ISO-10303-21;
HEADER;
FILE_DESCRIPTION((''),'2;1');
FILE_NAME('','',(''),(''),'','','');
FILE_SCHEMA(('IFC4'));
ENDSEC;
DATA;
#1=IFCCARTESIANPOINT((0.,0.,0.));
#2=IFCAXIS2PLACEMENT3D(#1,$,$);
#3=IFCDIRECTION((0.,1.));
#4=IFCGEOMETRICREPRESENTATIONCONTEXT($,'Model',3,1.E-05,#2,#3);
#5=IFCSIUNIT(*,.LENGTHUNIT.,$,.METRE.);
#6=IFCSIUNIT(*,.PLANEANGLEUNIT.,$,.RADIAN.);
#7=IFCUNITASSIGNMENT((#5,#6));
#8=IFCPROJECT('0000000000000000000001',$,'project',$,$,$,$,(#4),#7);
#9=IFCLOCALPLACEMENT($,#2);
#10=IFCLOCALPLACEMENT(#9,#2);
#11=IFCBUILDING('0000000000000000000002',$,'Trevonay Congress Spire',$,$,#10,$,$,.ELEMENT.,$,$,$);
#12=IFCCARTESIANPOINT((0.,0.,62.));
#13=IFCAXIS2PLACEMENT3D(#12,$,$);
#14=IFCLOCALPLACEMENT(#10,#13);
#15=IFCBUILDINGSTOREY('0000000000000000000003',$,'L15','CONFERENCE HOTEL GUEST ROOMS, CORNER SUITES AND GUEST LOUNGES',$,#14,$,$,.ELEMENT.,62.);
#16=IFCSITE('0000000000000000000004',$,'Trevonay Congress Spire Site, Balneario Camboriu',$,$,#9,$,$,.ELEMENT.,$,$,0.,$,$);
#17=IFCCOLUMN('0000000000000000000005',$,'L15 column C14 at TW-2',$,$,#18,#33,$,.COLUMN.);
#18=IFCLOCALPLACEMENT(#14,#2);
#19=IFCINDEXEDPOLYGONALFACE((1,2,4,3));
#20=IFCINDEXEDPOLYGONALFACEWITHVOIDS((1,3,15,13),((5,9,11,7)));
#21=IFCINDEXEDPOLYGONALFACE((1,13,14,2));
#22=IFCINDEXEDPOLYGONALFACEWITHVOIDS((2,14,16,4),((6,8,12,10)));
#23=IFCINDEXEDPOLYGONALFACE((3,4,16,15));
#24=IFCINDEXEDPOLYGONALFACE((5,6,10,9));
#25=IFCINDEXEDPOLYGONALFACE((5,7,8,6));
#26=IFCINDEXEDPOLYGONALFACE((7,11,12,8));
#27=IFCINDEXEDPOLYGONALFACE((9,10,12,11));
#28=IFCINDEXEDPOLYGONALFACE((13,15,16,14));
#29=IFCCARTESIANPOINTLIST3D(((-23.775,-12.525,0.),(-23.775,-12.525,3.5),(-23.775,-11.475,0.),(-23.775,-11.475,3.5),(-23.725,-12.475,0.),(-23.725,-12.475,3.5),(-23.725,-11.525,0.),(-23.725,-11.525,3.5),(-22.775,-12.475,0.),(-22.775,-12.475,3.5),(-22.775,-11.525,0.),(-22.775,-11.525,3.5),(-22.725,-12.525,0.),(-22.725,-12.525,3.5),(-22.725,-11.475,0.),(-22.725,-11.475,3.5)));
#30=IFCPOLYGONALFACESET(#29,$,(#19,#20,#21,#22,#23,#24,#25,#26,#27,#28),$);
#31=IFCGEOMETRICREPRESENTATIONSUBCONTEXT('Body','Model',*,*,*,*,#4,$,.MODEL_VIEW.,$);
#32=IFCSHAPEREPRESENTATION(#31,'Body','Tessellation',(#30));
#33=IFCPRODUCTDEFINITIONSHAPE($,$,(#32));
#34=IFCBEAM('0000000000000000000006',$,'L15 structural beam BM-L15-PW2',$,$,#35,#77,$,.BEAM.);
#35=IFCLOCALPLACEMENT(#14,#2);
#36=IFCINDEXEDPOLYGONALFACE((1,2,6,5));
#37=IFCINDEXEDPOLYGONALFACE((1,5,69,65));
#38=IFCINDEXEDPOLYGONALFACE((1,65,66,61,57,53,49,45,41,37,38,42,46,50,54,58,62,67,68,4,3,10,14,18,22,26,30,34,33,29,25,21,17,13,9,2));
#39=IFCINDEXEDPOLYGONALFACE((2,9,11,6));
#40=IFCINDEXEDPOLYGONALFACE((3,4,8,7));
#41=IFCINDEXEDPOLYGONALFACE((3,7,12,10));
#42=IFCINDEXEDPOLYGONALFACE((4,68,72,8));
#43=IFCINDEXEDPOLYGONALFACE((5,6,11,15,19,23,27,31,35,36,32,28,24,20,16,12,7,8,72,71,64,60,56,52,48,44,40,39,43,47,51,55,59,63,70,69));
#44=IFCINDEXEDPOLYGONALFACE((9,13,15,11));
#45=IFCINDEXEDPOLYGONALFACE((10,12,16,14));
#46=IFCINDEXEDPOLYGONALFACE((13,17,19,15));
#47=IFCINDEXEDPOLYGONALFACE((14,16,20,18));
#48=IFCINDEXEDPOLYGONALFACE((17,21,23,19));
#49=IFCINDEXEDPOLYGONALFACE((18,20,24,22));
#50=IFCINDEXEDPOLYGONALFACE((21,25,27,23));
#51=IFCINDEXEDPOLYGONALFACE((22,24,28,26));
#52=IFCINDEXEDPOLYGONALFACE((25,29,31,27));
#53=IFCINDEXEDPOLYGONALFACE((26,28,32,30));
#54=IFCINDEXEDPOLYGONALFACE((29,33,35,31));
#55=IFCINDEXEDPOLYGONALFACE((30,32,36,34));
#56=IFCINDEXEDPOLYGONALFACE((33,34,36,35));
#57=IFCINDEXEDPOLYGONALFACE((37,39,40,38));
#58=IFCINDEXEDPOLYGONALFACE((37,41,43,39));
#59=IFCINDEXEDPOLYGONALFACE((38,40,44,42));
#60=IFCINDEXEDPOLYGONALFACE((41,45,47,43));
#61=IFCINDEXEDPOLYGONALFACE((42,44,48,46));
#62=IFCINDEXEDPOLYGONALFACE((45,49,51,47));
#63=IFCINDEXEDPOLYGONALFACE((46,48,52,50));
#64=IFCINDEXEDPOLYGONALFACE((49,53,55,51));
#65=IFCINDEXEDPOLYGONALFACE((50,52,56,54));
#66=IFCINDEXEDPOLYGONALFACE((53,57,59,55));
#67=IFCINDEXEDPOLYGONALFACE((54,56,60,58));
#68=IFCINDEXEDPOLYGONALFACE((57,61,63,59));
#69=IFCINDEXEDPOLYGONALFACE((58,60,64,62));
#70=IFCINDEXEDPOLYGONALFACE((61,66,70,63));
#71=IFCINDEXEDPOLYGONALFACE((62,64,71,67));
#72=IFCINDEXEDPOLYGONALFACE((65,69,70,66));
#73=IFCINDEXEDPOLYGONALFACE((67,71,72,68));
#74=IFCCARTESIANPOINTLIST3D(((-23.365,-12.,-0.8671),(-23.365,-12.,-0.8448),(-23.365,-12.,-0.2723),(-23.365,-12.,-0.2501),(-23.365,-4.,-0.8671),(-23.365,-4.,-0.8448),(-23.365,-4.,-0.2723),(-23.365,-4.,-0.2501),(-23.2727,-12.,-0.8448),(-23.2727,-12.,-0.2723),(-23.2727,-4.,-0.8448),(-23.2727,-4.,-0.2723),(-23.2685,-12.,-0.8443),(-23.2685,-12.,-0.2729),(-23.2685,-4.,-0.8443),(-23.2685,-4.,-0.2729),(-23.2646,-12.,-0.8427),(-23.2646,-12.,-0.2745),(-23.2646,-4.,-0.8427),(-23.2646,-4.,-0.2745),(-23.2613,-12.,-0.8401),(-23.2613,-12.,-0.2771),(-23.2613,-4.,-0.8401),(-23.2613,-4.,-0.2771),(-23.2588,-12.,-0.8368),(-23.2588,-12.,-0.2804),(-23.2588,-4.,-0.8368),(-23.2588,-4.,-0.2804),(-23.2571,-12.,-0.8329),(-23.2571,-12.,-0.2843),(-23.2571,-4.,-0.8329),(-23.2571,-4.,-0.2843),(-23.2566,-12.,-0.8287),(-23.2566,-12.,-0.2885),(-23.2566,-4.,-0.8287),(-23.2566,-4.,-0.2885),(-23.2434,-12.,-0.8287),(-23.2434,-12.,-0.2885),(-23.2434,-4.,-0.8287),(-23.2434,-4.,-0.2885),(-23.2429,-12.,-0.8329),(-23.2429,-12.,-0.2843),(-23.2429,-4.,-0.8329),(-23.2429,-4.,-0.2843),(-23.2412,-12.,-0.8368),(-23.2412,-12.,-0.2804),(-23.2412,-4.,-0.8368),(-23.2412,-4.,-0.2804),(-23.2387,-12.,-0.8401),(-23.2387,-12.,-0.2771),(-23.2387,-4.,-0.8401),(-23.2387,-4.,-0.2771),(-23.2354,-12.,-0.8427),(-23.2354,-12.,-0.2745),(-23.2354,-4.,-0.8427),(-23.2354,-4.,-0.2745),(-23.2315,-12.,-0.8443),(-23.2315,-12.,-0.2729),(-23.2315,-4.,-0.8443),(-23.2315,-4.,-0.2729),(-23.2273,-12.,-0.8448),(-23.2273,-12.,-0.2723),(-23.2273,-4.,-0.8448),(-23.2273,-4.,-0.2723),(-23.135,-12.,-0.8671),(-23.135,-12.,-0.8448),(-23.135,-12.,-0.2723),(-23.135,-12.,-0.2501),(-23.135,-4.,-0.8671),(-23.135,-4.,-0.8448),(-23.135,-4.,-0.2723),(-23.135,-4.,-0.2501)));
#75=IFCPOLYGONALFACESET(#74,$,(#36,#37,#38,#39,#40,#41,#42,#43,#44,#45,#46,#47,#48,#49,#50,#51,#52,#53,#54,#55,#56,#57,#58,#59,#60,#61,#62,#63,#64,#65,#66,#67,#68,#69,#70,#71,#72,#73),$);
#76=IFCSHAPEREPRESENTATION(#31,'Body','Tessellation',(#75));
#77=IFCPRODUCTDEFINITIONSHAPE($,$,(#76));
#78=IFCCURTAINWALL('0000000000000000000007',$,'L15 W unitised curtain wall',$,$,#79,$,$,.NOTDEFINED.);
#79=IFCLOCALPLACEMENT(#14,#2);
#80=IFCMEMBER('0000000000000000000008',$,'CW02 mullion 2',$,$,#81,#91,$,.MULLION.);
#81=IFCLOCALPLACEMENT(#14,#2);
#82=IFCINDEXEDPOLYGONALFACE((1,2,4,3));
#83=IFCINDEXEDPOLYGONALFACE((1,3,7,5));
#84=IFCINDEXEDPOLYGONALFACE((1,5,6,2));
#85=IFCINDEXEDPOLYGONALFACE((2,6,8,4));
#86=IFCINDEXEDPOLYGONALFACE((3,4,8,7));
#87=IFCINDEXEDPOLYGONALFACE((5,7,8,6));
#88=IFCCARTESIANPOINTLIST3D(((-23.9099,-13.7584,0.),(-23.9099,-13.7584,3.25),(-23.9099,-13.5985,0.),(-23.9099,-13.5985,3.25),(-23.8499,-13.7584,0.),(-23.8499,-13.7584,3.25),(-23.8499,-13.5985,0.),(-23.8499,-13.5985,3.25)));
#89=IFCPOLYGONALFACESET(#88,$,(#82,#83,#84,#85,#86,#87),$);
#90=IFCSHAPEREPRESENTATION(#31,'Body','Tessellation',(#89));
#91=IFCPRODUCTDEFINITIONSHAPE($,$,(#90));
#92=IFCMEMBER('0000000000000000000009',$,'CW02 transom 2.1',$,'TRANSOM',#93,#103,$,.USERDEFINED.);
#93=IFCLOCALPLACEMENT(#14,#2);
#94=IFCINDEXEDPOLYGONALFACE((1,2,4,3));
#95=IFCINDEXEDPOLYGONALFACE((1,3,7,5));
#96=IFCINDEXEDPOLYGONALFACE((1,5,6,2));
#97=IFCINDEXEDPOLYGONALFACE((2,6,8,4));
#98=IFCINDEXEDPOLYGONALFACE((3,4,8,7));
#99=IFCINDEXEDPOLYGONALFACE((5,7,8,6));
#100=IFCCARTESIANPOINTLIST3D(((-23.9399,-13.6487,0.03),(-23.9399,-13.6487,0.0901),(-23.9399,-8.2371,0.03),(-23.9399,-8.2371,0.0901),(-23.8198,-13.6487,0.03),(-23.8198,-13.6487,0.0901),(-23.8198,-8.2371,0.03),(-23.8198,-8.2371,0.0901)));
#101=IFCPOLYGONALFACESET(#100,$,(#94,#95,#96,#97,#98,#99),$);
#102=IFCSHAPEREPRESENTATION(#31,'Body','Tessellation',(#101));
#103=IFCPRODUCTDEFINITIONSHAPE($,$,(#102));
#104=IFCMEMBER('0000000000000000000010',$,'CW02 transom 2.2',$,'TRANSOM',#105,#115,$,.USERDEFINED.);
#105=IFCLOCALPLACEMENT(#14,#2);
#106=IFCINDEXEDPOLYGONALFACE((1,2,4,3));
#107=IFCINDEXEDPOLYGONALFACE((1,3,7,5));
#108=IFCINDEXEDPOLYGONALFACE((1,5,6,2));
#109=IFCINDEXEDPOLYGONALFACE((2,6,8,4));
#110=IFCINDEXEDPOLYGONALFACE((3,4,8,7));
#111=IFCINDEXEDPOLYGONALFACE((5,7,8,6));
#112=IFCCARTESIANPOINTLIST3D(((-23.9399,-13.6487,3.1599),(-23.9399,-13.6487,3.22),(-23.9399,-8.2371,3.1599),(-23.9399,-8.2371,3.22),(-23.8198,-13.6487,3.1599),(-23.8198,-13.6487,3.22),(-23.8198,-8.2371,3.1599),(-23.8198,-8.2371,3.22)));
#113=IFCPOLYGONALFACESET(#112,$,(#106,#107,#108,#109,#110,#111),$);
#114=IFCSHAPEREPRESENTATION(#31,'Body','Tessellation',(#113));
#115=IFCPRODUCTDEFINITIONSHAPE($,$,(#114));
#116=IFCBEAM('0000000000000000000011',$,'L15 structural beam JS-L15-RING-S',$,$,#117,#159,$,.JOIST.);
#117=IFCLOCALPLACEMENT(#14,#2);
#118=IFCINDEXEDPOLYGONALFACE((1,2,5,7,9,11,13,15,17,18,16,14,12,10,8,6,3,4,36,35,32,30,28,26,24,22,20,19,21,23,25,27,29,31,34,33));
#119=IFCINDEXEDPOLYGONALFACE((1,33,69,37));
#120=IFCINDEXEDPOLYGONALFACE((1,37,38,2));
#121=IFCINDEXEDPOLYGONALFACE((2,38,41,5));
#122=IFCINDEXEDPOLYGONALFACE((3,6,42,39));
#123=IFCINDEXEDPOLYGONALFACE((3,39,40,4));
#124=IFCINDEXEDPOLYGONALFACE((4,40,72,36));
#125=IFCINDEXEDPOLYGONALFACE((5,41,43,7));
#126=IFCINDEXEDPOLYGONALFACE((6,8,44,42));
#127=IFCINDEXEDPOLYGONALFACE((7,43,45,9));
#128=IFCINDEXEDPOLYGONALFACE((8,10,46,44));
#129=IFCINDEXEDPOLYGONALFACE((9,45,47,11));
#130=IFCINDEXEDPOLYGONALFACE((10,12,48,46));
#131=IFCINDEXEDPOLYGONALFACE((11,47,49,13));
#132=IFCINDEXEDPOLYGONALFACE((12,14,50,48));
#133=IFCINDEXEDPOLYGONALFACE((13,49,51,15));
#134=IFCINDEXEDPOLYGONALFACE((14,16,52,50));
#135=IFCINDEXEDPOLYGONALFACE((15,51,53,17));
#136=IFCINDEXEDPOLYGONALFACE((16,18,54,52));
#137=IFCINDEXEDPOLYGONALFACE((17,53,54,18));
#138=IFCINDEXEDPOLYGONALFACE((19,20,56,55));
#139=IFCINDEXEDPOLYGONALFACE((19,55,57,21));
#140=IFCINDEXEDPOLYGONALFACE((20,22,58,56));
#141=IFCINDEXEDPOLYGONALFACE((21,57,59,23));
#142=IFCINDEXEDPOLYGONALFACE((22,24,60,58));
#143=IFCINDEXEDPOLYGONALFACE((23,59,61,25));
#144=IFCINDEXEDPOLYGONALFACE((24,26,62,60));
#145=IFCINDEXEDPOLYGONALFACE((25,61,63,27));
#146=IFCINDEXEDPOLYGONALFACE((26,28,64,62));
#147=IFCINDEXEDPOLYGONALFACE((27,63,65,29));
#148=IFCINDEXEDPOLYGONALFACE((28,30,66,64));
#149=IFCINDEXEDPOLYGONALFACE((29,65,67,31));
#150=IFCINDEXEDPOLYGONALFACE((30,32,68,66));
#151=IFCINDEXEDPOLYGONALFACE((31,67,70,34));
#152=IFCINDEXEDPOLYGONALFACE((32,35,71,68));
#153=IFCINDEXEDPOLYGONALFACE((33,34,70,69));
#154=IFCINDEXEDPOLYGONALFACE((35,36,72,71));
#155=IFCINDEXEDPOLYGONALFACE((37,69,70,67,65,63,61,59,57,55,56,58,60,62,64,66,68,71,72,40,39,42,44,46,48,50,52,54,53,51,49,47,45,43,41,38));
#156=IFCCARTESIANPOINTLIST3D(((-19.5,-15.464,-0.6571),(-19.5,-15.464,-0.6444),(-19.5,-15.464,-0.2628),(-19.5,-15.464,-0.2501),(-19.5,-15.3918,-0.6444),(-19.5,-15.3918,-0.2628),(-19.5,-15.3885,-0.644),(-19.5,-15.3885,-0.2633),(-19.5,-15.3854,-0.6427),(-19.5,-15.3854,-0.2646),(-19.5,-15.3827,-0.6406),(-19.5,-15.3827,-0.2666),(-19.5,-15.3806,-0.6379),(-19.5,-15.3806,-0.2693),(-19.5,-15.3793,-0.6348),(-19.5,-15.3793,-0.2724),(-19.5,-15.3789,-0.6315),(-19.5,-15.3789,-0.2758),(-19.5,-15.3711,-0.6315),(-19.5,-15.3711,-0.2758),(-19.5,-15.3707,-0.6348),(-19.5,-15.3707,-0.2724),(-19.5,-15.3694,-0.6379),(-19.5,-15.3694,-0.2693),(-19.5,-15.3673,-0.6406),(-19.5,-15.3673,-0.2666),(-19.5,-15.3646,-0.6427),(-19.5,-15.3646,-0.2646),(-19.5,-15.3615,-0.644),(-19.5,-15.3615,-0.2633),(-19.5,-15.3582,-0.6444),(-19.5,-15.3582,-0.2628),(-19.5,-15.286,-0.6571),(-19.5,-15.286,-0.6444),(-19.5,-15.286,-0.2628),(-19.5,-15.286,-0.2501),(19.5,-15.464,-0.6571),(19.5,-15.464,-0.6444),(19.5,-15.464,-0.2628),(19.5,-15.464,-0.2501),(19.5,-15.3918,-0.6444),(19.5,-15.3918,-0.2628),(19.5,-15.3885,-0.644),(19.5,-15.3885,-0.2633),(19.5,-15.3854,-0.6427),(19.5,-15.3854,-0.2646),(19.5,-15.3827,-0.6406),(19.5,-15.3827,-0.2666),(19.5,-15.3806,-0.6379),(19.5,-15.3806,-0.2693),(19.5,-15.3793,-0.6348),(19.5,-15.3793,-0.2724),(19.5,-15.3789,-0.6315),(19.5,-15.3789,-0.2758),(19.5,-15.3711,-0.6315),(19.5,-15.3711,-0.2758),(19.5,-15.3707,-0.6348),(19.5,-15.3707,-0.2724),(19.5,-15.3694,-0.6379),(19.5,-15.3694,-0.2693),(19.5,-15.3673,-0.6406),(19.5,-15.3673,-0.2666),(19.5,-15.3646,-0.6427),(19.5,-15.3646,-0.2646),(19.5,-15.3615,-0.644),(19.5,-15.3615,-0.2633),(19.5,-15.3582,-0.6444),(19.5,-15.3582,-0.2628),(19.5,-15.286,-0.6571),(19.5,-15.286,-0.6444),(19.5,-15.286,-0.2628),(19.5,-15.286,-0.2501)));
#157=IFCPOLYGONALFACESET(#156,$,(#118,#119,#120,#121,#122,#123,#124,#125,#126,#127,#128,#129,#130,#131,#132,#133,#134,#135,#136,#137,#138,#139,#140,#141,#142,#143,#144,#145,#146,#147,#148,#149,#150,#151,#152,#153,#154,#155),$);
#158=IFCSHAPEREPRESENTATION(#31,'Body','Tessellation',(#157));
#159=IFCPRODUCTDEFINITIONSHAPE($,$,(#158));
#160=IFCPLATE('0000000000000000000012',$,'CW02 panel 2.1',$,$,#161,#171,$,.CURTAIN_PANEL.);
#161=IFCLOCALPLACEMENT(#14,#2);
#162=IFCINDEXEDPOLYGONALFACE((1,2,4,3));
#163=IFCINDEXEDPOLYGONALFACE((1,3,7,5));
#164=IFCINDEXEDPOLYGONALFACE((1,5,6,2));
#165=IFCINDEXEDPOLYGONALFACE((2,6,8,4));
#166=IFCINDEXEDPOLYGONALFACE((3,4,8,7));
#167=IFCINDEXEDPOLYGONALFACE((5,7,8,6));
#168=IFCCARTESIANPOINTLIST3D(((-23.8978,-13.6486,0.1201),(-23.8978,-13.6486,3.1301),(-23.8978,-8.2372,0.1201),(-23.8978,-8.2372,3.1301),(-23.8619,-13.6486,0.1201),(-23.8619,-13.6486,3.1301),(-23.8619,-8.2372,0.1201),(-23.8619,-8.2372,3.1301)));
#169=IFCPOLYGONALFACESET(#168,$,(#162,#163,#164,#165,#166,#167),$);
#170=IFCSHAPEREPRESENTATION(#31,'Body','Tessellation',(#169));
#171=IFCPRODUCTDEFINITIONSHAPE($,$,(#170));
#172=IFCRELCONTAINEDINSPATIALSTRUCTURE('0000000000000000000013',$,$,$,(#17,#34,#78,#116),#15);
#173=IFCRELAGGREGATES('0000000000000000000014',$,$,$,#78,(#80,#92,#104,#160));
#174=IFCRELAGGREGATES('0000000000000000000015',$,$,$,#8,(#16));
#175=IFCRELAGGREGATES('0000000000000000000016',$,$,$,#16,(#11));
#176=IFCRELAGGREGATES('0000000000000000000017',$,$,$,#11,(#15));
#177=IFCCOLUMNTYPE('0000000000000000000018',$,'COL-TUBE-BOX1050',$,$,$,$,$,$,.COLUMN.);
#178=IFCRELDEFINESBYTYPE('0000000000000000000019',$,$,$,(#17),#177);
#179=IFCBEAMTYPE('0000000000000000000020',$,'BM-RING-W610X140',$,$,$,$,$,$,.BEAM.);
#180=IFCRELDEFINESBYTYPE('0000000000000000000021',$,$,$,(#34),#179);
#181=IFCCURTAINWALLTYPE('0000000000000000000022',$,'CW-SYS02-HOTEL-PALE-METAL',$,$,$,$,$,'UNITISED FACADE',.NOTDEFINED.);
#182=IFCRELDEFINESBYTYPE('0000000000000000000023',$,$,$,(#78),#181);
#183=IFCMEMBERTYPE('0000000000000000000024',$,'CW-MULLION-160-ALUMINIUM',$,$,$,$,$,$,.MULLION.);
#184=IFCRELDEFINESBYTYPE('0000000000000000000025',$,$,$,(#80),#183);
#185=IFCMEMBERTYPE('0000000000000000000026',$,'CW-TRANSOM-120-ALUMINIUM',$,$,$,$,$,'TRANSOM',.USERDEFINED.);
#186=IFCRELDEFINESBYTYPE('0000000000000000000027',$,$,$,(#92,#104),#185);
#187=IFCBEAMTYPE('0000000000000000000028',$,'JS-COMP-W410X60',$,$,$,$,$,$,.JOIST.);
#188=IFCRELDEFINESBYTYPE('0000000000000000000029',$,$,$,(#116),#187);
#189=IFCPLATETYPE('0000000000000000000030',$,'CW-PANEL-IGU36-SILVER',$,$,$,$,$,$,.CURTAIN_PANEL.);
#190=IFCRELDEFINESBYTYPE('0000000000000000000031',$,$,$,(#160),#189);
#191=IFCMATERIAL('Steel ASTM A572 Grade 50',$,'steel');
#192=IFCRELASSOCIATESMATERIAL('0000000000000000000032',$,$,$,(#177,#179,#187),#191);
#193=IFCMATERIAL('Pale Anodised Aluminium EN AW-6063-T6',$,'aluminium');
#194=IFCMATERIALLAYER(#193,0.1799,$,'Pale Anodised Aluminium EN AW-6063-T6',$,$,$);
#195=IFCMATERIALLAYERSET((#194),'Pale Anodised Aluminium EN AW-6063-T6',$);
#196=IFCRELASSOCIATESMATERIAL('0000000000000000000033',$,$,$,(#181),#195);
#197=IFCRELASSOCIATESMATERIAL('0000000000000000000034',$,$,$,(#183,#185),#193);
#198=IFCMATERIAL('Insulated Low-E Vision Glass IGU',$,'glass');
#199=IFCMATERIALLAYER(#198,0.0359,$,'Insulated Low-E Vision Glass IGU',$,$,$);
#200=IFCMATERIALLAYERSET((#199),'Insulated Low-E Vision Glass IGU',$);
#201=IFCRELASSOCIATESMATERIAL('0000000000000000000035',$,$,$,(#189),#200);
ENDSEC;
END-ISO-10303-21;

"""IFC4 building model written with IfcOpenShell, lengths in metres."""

from ifc_helpers import new_model, si_unit, direction, frame, origin, origin_2d, place, context, subcontext, project, spatial, rectangle, hollow_rectangle, i_section, extrude, material, layer, layer_set, material_profile, profile_set, type_object, element, aggregate, save


model = new_model("IFC4")

# Units and contexts
model_context = context("Model", 3, precision=1e-05, world=origin(), true_north=direction((0.0, 1.0)))
body_context = subcontext(model_context, "Body", "Model", "MODEL_VIEW")
ifc_project = project(units=[si_unit("LENGTHUNIT", "METRE"), si_unit("PLANEANGLEUNIT", "RADIAN")], contexts=[model_context])

# Site, building, storey
site_placement = place(None, origin())
site = spatial("IfcSite", under=ifc_project, at=site_placement, Name="Trevonay Congress Spire Site, Balneario Camboriu", CompositionType="ELEMENT", RefElevation=0.0)
building_placement = place(site_placement, origin())
building = spatial("IfcBuilding", under=site, at=building_placement, Name="Trevonay Congress Spire", CompositionType="ELEMENT")
storey_placement = place(building_placement, frame((0.0, 0.0, 62.0)))
storey = spatial("IfcBuildingStorey", under=building, at=storey_placement, Name="L15", Description="CONFERENCE HOTEL GUEST ROOMS, CORNER SUITES AND GUEST LOUNGES", CompositionType="ELEMENT", Elevation=62.0)

# Column
ifc_material_1 = material(Name="Steel ASTM A572 Grade 50", Category="steel")
ifc_material_profile_1 = material_profile(ifc_material_1, hollow_rectangle(XDim=1.05, YDim=1.05, WallThickness=0.05, at=origin_2d()), Name="BOX 1050x1050x50")
ifc_profile_set_1 = profile_set([ifc_material_profile_1], Name="Steel ASTM A572 Grade 50")
column_type = type_object("IfcColumnType", Name="COL-TUBE-BOX1050", PredefinedType="COLUMN", material=ifc_profile_set_1)
column_placement = place(storey_placement, frame((-23.25, -12.0, 0.0), z_axis=(0.0, 0.0, 1.0), x_axis=(1.0, 0.0, 0.0)))
element("IfcColumn", 1, at=column_placement, inside=storey, type_object=column_type, Name="L15 column C14 at TW-2", PredefinedType="COLUMN", context=body_context, shape_type="SweptSolid", body=[
    extrude(hollow_rectangle(XDim=1.05, YDim=1.05, WallThickness=0.05, at=origin_2d()), origin(), (0.0, 0.0, 1.0), 3.5),
])

# Beam
ifc_material_profile_2 = material_profile(ifc_material_1, i_section(OverallWidth=0.23, OverallDepth=0.6169, WebThickness=0.0132, FlangeThickness=0.0222, FilletRadius=0.0161, at=origin_2d()), Name="W610x140")
ifc_profile_set_2 = profile_set([ifc_material_profile_2], Name="Steel ASTM A572 Grade 50")
beam_type_1 = type_object("IfcBeamType", Name="BM-RING-W610X140", PredefinedType="BEAM", material=ifc_profile_set_2)
beam_1_placement = place(storey_placement, frame((-23.25, -12.0, -0.5586), z_axis=(0.0, 1.0, 0.0), x_axis=(-1.0, 0.0, 0.0)))
element("IfcBeam", 2, at=beam_1_placement, inside=storey, type_object=beam_type_1, Name="L15 structural beam BM-L15-PW2", PredefinedType="BEAM", context=body_context, shape_type="SweptSolid", body=[
    extrude(i_section(OverallWidth=0.23, OverallDepth=0.6169, WebThickness=0.0132, FlangeThickness=0.0222, FilletRadius=0.0161, at=origin_2d()), origin(), (0.0, 0.0, 1.0), 8.0),
])

# Curtain wall, members
ifc_material_2 = material(Name="Pale Anodised Aluminium EN AW-6063-T6", Category="aluminium")
ifc_layer_1 = layer(ifc_material_2, 0.1799, Name="Pale Anodised Aluminium EN AW-6063-T6")
ifc_layer_set_1 = layer_set([ifc_layer_1], Name="Pale Anodised Aluminium EN AW-6063-T6")
curtain_wall_type = type_object("IfcCurtainWallType", Name="CW-SYS02-HOTEL-PALE-METAL", ElementType="UNITISED FACADE", PredefinedType="NOTDEFINED", material=ifc_layer_set_1)
curtain_wall_placement = place(storey_placement, origin())
curtain_wall = element("IfcCurtainWall", 3, at=curtain_wall_placement, inside=storey, type_object=curtain_wall_type, Name="L15 W unitised curtain wall", PredefinedType="NOTDEFINED")
ifc_material_profile_3 = material_profile(ifc_material_2, rectangle(XDim=0.0601, YDim=0.1599, at=origin_2d()), Name="CW-MULLION-160-ALUMINIUM")
ifc_profile_set_3 = profile_set([ifc_material_profile_3], Name="Pale Anodised Aluminium EN AW-6063-T6")
member_type_1 = type_object("IfcMemberType", Name="CW-MULLION-160-ALUMINIUM", PredefinedType="MULLION", material=ifc_profile_set_3)
member_1_placement = place(storey_placement, frame((-23.8799, -13.6785, 0.0), z_axis=(0.0, 0.0, 1.0), x_axis=(-1.0, 0.0, 0.0)))
member_1 = element("IfcMember", 4, at=member_1_placement, type_object=member_type_1, Name="CW02 mullion 2", PredefinedType="MULLION", context=body_context, shape_type="SweptSolid", body=[
    extrude(rectangle(XDim=0.0601, YDim=0.1599, at=origin_2d()), origin(), (0.0, 0.0, 1.0), 3.25),
])
ifc_material_profile_4 = material_profile(ifc_material_2, rectangle(XDim=0.1201, YDim=0.0601, at=origin_2d()), Name="CW-TRANSOM-120-ALUMINIUM")
ifc_profile_set_4 = profile_set([ifc_material_profile_4], Name="Pale Anodised Aluminium EN AW-6063-T6")
member_type_2 = type_object("IfcMemberType", Name="CW-TRANSOM-120-ALUMINIUM", ElementType="TRANSOM", PredefinedType="USERDEFINED", material=ifc_profile_set_4)
member_2_placement = place(storey_placement, frame((-23.8799, -13.6487, 0.0601), z_axis=(0.0, 1.0, 0.0), x_axis=(-1.0, 0.0, 0.0)))
member_2 = element("IfcMember", 5, at=member_2_placement, type_object=member_type_2, Name="CW02 transom 2.1", ObjectType="TRANSOM", PredefinedType="USERDEFINED", context=body_context, shape_type="SweptSolid", body=[
    extrude(rectangle(XDim=0.1201, YDim=0.0601, at=origin_2d()), origin(), (0.0, 0.0, 1.0), 5.4116),
])
member_3_placement = place(storey_placement, frame((-23.8799, -13.6487, 3.1899), z_axis=(0.0, 1.0, 0.0), x_axis=(-1.0, 0.0, 0.0)))
member_3 = element("IfcMember", 6, at=member_3_placement, type_object=member_type_2, Name="CW02 transom 2.2", ObjectType="TRANSOM", PredefinedType="USERDEFINED", context=body_context, shape_type="SweptSolid", body=[
    extrude(rectangle(XDim=0.1201, YDim=0.0601, at=origin_2d()), origin(), (0.0, 0.0, 1.0), 5.4116),
])

# Beam
ifc_material_profile_5 = material_profile(ifc_material_1, i_section(OverallWidth=0.178, OverallDepth=0.407, WebThickness=0.0078, FlangeThickness=0.0127, FilletRadius=0.0129, at=origin_2d()), Name="W410x60")
ifc_profile_set_5 = profile_set([ifc_material_profile_5], Name="Steel ASTM A572 Grade 50")
beam_type_2 = type_object("IfcBeamType", Name="JS-COMP-W410X60", PredefinedType="JOIST", material=ifc_profile_set_5)
beam_2_placement = place(storey_placement, frame((-19.5, -15.375, -0.4536), z_axis=(1.0, 0.0, 0.0), x_axis=(0.0, 1.0, 0.0)))
element("IfcBeam", 7, at=beam_2_placement, inside=storey, type_object=beam_type_2, Name="L15 structural beam JS-L15-RING-S", PredefinedType="JOIST", context=body_context, shape_type="SweptSolid", body=[
    extrude(i_section(OverallWidth=0.178, OverallDepth=0.407, WebThickness=0.0078, FlangeThickness=0.0127, FilletRadius=0.0129, at=origin_2d()), origin(), (0.0, 0.0, 1.0), 39.0),
])

# Plate
ifc_material_3 = material(Name="Insulated Low-E Vision Glass IGU", Category="glass")
ifc_layer_2 = layer(ifc_material_3, 0.0359, Name="Insulated Low-E Vision Glass IGU")
ifc_layer_set_2 = layer_set([ifc_layer_2], Name="Insulated Low-E Vision Glass IGU")
plate_type = type_object("IfcPlateType", Name="CW-PANEL-IGU36-SILVER", PredefinedType="CURTAIN_PANEL", material=ifc_layer_set_2)
plate_placement = place(storey_placement, frame((-23.8799, -10.9429, 0.1201), z_axis=(0.0, 0.0, 1.0), x_axis=(0.0, 1.0, 0.0)))
plate = element("IfcPlate", 8, at=plate_placement, type_object=plate_type, Name="CW02 panel 2.1", PredefinedType="CURTAIN_PANEL", context=body_context, shape_type="SweptSolid", body=[
    extrude(rectangle(XDim=5.4114, YDim=0.0359, at=origin_2d()), origin(), (0.0, 0.0, 1.0), 3.01),
])
aggregate(curtain_wall, [member_1, member_2, member_3, plate])

save(model, "model.ifc")
